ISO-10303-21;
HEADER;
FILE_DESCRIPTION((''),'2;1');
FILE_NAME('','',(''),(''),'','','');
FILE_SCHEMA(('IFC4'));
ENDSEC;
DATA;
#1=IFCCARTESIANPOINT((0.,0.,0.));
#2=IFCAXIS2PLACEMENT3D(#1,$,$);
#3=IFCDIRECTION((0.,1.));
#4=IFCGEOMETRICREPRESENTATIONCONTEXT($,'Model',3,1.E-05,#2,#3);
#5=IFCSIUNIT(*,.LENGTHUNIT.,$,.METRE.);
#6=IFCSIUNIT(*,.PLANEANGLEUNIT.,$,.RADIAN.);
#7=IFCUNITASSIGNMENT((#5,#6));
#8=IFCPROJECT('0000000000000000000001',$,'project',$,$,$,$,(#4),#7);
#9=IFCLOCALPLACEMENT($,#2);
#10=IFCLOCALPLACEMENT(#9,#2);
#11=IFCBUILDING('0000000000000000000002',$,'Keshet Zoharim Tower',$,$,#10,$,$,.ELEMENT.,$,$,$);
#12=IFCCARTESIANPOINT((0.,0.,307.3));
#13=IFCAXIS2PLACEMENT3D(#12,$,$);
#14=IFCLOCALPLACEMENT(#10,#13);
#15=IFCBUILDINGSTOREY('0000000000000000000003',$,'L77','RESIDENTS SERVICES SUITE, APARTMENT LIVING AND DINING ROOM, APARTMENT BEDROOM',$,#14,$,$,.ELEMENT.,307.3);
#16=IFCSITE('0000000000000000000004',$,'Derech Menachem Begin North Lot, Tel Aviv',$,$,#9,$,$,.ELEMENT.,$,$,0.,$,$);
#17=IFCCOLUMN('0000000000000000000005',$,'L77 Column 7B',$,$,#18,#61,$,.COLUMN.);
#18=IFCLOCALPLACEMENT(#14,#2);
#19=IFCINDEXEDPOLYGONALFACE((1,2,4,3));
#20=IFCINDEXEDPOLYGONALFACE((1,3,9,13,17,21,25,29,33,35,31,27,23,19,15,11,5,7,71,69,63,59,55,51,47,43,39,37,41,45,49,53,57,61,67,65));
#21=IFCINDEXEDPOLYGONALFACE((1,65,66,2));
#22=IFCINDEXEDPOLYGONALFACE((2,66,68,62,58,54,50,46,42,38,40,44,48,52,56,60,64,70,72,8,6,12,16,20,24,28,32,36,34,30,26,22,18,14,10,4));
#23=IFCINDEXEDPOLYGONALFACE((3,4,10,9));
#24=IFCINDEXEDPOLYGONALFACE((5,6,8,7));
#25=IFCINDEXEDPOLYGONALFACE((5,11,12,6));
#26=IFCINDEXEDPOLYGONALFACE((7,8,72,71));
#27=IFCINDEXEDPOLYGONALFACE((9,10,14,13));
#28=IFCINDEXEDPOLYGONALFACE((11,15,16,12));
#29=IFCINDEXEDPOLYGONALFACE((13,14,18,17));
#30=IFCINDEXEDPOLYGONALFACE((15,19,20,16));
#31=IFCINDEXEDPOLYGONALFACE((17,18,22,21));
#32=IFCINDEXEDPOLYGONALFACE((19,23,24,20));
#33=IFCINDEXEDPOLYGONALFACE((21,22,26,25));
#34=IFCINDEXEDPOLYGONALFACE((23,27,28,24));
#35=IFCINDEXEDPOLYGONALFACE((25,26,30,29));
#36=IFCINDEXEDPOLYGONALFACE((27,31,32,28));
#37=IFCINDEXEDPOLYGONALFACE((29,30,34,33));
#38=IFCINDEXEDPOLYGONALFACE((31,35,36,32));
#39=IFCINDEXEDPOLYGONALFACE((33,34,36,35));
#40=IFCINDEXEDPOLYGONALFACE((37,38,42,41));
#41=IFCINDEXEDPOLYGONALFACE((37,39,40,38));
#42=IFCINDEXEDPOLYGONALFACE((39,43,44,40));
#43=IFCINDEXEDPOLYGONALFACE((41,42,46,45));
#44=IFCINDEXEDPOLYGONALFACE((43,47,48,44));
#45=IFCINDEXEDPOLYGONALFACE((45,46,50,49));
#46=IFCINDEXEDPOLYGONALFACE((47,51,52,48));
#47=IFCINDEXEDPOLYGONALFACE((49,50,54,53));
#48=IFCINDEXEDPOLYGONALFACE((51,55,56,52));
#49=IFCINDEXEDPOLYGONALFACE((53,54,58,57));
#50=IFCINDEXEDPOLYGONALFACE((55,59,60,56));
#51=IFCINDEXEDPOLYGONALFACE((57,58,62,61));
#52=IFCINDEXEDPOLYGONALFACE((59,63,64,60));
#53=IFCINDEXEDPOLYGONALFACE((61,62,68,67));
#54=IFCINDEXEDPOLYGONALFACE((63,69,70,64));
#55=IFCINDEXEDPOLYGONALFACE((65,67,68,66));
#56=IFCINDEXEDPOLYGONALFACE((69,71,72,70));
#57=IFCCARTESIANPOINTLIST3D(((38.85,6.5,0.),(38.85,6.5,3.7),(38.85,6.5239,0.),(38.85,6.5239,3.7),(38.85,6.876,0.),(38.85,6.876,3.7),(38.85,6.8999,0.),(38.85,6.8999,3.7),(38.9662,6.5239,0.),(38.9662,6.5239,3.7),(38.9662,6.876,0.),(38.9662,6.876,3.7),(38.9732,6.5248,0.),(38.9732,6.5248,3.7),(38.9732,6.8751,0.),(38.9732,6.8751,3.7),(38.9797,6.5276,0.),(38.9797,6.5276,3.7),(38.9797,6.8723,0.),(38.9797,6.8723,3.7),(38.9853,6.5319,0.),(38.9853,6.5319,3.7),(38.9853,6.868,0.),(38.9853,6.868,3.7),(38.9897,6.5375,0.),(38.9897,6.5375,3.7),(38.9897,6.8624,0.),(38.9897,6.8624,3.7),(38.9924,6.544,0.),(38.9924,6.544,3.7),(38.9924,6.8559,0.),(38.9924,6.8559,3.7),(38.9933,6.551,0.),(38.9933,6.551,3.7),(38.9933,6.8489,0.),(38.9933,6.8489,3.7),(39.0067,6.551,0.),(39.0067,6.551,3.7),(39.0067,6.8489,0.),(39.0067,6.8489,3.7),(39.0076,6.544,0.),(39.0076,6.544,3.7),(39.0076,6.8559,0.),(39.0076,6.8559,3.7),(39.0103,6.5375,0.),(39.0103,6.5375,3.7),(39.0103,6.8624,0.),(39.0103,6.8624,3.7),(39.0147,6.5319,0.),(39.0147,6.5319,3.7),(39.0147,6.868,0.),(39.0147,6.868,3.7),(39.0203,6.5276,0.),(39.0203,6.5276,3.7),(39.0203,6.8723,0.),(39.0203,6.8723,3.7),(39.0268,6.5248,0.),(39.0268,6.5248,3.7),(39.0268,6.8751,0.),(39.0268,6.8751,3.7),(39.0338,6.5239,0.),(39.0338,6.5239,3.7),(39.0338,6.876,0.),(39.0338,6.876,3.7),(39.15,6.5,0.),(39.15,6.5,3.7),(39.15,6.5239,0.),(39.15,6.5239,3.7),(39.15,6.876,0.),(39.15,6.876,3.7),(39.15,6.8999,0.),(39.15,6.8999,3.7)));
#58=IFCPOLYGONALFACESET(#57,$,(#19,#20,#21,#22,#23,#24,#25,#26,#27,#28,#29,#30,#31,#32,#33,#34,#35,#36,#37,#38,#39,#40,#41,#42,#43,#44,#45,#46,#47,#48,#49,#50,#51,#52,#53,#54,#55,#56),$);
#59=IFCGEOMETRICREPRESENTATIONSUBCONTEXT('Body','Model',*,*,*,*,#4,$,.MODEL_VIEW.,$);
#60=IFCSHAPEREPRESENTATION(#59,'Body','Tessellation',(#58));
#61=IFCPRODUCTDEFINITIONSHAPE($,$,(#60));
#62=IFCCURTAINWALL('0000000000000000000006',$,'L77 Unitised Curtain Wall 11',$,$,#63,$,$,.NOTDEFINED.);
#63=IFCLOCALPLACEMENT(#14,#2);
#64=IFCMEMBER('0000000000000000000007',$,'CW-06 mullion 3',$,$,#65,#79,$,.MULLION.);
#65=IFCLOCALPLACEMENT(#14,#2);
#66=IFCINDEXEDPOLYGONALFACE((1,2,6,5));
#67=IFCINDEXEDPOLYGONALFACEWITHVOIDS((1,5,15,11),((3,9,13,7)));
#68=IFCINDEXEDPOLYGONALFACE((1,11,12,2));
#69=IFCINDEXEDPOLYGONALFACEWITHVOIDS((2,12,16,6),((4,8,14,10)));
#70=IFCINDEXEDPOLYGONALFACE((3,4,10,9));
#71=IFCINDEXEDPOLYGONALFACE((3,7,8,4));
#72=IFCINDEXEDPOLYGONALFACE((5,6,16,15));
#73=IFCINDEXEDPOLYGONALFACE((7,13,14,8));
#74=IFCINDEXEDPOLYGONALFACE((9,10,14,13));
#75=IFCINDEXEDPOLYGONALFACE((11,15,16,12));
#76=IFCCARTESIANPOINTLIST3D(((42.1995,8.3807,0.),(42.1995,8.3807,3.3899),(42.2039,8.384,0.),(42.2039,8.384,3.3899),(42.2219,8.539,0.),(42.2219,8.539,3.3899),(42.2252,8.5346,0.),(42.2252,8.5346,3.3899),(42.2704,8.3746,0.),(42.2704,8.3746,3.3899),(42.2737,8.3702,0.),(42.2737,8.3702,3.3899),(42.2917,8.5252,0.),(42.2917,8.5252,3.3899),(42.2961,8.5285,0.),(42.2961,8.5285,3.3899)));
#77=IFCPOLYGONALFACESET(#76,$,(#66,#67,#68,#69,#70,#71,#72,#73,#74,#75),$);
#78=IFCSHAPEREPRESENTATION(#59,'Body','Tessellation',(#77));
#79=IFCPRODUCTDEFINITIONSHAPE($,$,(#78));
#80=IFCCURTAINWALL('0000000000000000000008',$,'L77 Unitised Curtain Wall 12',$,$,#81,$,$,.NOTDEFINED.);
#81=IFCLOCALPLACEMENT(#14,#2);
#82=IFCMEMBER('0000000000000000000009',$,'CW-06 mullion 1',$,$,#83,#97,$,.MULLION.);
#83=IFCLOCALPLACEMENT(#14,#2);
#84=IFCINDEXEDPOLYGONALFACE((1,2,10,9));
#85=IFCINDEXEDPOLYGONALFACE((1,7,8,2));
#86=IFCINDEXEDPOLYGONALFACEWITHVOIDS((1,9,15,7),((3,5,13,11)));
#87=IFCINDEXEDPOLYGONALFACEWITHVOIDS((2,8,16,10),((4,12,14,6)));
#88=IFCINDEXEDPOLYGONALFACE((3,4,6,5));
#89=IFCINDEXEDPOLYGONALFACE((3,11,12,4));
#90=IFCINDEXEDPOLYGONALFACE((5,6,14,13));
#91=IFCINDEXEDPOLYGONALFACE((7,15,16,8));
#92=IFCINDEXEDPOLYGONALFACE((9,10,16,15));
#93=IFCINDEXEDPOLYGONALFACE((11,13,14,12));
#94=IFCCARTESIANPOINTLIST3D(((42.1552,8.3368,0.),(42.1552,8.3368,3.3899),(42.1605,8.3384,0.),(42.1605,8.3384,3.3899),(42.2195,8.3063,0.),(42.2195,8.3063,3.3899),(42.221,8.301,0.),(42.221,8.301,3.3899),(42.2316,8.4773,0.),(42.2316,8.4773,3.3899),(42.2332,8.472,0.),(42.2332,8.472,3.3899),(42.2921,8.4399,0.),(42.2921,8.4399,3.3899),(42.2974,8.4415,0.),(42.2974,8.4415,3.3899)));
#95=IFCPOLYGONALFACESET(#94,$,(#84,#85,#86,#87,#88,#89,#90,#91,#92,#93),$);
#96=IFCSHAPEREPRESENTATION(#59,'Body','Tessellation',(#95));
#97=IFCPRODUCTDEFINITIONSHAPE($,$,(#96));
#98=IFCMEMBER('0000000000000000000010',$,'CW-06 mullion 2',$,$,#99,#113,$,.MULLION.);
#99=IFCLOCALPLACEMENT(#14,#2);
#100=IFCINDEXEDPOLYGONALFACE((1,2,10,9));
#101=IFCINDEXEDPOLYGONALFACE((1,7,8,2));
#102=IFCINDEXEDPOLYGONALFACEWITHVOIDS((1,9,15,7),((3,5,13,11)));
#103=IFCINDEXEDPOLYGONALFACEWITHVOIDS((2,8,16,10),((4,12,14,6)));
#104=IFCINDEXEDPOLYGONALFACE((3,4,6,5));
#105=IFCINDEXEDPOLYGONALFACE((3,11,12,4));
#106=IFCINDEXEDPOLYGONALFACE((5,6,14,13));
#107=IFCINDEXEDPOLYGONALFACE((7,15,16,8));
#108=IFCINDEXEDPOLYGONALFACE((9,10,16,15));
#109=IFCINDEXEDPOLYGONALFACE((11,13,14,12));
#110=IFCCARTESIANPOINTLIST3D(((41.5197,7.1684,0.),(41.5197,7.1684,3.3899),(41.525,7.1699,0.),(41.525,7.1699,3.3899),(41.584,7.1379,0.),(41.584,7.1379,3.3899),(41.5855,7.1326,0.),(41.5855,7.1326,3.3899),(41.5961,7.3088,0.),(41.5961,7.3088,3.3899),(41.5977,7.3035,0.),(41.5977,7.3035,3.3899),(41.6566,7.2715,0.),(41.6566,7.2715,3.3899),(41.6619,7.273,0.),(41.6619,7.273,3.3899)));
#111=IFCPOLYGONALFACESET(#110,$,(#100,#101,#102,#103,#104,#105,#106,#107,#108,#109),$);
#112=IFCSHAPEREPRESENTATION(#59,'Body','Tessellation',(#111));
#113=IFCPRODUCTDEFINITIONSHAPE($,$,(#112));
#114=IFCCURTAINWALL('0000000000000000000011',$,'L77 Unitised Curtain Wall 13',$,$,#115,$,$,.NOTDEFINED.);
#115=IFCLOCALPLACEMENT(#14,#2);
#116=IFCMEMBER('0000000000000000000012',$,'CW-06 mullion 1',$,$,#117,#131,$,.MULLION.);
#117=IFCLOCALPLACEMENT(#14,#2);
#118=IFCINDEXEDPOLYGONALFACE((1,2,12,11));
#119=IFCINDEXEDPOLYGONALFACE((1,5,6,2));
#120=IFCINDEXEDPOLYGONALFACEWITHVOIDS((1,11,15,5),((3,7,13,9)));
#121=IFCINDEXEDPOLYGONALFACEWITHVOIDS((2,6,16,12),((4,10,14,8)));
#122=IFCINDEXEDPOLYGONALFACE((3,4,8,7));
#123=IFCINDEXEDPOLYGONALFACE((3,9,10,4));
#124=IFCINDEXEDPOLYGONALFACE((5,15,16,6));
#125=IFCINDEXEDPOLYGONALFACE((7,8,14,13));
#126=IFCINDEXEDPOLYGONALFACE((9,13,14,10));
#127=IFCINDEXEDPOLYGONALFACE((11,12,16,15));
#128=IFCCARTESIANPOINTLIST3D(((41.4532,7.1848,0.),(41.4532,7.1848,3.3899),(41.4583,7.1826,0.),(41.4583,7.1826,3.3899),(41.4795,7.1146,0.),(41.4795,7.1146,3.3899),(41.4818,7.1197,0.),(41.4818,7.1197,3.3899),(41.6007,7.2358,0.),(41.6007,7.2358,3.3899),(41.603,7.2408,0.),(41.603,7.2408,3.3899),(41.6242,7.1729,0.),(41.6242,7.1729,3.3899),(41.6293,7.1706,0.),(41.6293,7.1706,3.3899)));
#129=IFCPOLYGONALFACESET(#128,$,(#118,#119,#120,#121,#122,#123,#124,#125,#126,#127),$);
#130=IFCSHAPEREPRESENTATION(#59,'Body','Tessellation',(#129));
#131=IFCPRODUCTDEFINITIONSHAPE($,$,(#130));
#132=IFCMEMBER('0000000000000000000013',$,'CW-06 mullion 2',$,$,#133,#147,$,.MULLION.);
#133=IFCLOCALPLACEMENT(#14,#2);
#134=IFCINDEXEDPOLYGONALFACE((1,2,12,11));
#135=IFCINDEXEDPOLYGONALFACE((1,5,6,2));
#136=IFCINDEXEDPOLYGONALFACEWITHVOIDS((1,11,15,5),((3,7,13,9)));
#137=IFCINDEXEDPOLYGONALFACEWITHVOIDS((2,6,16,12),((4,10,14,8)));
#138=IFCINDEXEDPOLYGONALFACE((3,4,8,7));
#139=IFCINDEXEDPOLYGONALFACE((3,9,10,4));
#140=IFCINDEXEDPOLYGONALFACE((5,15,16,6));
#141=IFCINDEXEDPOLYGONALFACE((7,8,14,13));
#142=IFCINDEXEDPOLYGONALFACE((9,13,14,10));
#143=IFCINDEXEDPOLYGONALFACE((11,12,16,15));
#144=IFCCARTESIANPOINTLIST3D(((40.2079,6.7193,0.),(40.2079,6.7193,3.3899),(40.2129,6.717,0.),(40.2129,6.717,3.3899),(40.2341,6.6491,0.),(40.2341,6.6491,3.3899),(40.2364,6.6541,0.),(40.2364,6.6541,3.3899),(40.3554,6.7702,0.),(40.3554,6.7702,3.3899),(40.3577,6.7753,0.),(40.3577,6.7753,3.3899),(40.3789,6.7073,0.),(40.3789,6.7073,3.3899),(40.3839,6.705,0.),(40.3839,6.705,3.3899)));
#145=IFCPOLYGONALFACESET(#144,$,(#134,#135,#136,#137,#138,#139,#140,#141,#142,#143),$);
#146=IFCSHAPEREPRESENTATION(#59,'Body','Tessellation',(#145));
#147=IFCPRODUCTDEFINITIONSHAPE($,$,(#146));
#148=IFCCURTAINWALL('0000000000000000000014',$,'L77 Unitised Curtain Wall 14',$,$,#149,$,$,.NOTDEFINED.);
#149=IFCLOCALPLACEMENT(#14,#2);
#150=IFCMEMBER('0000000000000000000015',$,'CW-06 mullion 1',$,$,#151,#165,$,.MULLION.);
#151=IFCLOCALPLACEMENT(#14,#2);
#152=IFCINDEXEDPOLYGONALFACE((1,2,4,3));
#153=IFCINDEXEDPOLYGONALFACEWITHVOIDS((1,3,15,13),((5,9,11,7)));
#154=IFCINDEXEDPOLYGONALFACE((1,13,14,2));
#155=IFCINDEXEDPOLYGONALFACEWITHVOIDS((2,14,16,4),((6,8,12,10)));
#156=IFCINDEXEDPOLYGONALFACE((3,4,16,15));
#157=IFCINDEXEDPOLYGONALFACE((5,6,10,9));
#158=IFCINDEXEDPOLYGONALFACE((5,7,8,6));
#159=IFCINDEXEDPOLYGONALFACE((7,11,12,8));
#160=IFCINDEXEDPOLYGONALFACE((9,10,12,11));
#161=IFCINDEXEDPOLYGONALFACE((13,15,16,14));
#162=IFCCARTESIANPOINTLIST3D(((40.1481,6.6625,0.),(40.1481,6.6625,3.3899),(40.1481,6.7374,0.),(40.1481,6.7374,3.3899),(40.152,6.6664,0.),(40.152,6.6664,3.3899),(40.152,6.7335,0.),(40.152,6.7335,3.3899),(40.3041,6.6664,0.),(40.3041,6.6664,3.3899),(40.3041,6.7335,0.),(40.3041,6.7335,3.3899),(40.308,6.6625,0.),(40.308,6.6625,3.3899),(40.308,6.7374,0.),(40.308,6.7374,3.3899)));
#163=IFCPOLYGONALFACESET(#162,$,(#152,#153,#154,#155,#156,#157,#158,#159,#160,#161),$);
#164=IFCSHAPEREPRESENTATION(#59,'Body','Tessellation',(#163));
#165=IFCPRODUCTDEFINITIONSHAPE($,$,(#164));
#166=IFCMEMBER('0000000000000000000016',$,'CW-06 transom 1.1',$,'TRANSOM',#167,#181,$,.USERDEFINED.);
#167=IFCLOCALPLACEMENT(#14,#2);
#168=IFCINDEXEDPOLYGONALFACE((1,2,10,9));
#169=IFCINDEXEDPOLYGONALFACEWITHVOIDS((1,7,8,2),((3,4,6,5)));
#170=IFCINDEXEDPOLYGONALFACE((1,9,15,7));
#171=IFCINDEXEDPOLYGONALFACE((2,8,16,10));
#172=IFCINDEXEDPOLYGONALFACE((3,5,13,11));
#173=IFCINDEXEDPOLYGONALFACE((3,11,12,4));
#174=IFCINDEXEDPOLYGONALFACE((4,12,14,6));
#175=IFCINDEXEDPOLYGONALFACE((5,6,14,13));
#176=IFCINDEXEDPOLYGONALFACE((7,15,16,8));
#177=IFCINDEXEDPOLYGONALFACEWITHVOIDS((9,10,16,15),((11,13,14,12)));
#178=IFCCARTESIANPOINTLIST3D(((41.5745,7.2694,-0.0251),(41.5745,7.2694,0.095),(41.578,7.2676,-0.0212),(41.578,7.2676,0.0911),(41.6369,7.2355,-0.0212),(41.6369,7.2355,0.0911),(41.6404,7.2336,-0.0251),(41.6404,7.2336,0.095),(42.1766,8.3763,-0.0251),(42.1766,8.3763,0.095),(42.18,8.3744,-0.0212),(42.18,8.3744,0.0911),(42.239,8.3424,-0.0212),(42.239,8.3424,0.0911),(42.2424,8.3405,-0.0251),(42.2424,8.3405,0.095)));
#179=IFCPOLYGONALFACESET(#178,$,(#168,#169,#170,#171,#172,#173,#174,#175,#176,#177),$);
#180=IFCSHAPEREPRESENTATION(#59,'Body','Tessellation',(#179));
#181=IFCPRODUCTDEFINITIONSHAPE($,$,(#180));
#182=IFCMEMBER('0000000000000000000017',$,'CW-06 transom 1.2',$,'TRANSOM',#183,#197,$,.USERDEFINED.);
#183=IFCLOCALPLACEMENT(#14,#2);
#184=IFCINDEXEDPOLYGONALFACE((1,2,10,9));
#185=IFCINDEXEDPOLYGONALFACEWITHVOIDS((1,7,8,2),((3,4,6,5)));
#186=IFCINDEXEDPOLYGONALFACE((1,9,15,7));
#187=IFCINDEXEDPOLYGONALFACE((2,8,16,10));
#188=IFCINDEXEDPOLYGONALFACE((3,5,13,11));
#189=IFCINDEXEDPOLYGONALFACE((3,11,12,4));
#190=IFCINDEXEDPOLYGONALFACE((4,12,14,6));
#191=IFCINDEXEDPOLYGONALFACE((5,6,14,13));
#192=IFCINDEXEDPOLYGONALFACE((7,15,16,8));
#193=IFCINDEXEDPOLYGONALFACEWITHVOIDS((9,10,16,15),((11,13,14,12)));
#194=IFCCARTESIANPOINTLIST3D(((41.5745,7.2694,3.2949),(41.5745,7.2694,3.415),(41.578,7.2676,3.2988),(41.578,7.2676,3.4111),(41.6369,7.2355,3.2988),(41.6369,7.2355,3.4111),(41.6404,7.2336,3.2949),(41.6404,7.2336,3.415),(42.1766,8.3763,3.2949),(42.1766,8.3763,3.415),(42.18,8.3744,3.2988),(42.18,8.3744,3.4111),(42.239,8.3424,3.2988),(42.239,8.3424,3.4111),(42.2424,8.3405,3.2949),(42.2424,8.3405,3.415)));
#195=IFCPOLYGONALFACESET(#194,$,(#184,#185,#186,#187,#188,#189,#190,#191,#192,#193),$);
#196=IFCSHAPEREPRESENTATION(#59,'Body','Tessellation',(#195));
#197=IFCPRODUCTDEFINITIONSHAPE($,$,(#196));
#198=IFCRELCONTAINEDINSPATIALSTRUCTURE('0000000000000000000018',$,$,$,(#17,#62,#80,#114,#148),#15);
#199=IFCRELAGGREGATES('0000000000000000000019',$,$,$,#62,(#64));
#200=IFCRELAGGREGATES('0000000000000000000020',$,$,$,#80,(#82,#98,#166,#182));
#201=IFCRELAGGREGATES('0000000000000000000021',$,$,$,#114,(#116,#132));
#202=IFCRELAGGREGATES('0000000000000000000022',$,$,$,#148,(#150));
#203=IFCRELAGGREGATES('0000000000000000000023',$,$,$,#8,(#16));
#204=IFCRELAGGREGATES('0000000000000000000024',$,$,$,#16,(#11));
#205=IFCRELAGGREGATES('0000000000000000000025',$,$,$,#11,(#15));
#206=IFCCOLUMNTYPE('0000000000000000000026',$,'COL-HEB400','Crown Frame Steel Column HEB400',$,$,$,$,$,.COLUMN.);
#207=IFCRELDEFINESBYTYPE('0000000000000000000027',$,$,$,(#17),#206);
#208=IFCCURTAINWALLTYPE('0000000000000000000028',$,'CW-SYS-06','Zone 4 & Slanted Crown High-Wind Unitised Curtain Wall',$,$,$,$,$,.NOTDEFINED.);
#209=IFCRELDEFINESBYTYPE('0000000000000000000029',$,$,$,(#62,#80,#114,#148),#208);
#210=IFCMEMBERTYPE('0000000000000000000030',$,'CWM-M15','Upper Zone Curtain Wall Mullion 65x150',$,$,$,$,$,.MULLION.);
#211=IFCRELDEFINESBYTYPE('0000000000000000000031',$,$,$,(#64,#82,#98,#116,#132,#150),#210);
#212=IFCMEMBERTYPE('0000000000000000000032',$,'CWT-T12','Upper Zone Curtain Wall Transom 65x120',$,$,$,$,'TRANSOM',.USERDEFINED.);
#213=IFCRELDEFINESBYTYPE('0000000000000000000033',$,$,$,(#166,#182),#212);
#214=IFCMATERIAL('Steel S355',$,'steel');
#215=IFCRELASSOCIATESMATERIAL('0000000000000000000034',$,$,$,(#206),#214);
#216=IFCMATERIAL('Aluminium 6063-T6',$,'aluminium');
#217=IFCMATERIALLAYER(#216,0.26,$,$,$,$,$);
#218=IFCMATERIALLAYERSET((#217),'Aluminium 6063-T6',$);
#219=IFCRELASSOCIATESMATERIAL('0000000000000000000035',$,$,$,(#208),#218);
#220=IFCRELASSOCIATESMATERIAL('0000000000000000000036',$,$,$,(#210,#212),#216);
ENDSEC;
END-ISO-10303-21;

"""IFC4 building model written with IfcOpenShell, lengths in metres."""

from ifc_helpers import new_model, si_unit, direction, frame, origin, origin_2d, place, context, subcontext, project, spatial, hollow_rectangle, i_section, extrude, material, layer, layer_set, material_profile, profile_set, type_object, element, aggregate, save


model = new_model("IFC4")

# Units and contexts
model_context = context("Model", 3, precision=1e-05, world=origin(), true_north=direction((0.0, 1.0)))
body_context = subcontext(model_context, "Body", "Model", "MODEL_VIEW")
ifc_project = project(units=[si_unit("LENGTHUNIT", "METRE"), si_unit("PLANEANGLEUNIT", "RADIAN")], contexts=[model_context])

# Site, building, storey
site_placement = place(None, origin())
site = spatial("IfcSite", under=ifc_project, at=site_placement, Name="Derech Menachem Begin North Lot, Tel Aviv", CompositionType="ELEMENT", RefElevation=0.0)
building_placement = place(site_placement, origin())
building = spatial("IfcBuilding", under=site, at=building_placement, Name="Keshet Zoharim Tower", CompositionType="ELEMENT")
storey_placement = place(building_placement, frame((0.0, 0.0, 307.3)))
storey = spatial("IfcBuildingStorey", under=building, at=storey_placement, Name="L77", Description="RESIDENTS SERVICES SUITE, APARTMENT LIVING AND DINING ROOM, APARTMENT BEDROOM", CompositionType="ELEMENT", Elevation=307.3)

# Column
ifc_material_1 = material(Name="Steel S355", Category="steel")
ifc_material_profile_1 = material_profile(ifc_material_1, i_section(OverallWidth=0.3, OverallDepth=0.3999, WebThickness=0.0134, FlangeThickness=0.0239, FilletRadius=0.0271, at=origin_2d()), Name="HEB400")
ifc_profile_set_1 = profile_set([ifc_material_profile_1], Name="Steel S355")
column_type = type_object("IfcColumnType", Name="COL-HEB400", Description="Crown Frame Steel Column HEB400", PredefinedType="COLUMN", material=ifc_profile_set_1)
column_placement = place(storey_placement, frame((39.0, 6.7, 0.0), z_axis=(0.0, 0.0, 1.0), x_axis=(1.0, 0.0, 0.0)))
element("IfcColumn", 1, at=column_placement, inside=storey, type_object=column_type, Name="L77 Column 7B", PredefinedType="COLUMN", context=body_context, shape_type="SweptSolid", body=[
    extrude(i_section(OverallWidth=0.3, OverallDepth=0.3999, WebThickness=0.0134, FlangeThickness=0.0239, FilletRadius=0.0271, at=origin_2d()), origin(), (0.0, 0.0, 1.0), 3.7),
])

# Curtain wall, member
ifc_material_2 = material(Name="Aluminium 6063-T6", Category="aluminium")
ifc_layer_1 = layer(ifc_material_2, 0.26)
ifc_layer_set_1 = layer_set([ifc_layer_1], Name="Aluminium 6063-T6")
curtain_wall_type = type_object("IfcCurtainWallType", Name="CW-SYS-06", Description="Zone 4 & Slanted Crown High-Wind Unitised Curtain Wall", PredefinedType="NOTDEFINED", material=ifc_layer_set_1)
curtain_wall_1_placement = place(storey_placement, origin())
curtain_wall_1 = element("IfcCurtainWall", 2, at=curtain_wall_1_placement, inside=storey, type_object=curtain_wall_type, Name="L77 Unitised Curtain Wall 11", PredefinedType="NOTDEFINED")
ifc_material_profile_2 = material_profile(ifc_material_2, hollow_rectangle(XDim=0.075, YDim=0.1599, WallThickness=0.0039, at=origin_2d()), Name="MUL-75x160")
ifc_profile_set_2 = profile_set([ifc_material_profile_2], Name="Aluminium 6063-T6")
member_type_1 = type_object("IfcMemberType", Name="CWM-M15", Description="Upper Zone Curtain Wall Mullion 65x150", PredefinedType="MULLION", material=ifc_profile_set_2)
member_1_placement = place(storey_placement, frame((42.2478, 8.4546, 0.0), z_axis=(0.0, 0.0, 1.0), x_axis=(0.990132, -0.140137, 0.0)))
member_1 = element("IfcMember", 3, at=member_1_placement, type_object=member_type_1, Name="CW-06 mullion 3", PredefinedType="MULLION", context=body_context, shape_type="SweptSolid", body=[
    extrude(hollow_rectangle(XDim=0.075, YDim=0.1599, WallThickness=0.0039, at=origin_2d()), origin(), (0.0, 0.0, 1.0), 3.3899),
])
aggregate(curtain_wall_1, [member_1])

# Curtain walls, members
curtain_wall_2_placement = place(storey_placement, origin())
curtain_wall_2 = element("IfcCurtainWall", 4, at=curtain_wall_2_placement, inside=storey, type_object=curtain_wall_type, Name="L77 Unitised Curtain Wall 12", PredefinedType="NOTDEFINED")
member_2_placement = place(storey_placement, frame((42.2263, 8.3892, 0.0), z_axis=(0.0, 0.0, 1.0), x_axis=(0.878468, -0.477801, 0.0)))
member_2 = element("IfcMember", 5, at=member_2_placement, type_object=member_type_1, Name="CW-06 mullion 1", PredefinedType="MULLION", context=body_context, shape_type="SweptSolid", body=[
    extrude(hollow_rectangle(XDim=0.075, YDim=0.1599, WallThickness=0.0039, at=origin_2d()), origin(), (0.0, 0.0, 1.0), 3.3899),
])
member_3_placement = place(storey_placement, frame((41.5908, 7.2207, 0.0), z_axis=(0.0, 0.0, 1.0), x_axis=(0.878468, -0.477801, 0.0)))
member_3 = element("IfcMember", 6, at=member_3_placement, type_object=member_type_1, Name="CW-06 mullion 2", PredefinedType="MULLION", context=body_context, shape_type="SweptSolid", body=[
    extrude(hollow_rectangle(XDim=0.075, YDim=0.1599, WallThickness=0.0039, at=origin_2d()), origin(), (0.0, 0.0, 1.0), 3.3899),
])
curtain_wall_3_placement = place(storey_placement, origin())
curtain_wall_3 = element("IfcCurtainWall", 7, at=curtain_wall_3_placement, inside=storey, type_object=curtain_wall_type, Name="L77 Unitised Curtain Wall 13", PredefinedType="NOTDEFINED")
member_4_placement = place(storey_placement, frame((41.5413, 7.1777, 0.0), z_axis=(0.0, 0.0, 1.0), x_axis=(0.350105, -0.93671, 0.0)))
member_4 = element("IfcMember", 8, at=member_4_placement, type_object=member_type_1, Name="CW-06 mullion 1", PredefinedType="MULLION", context=body_context, shape_type="SweptSolid", body=[
    extrude(hollow_rectangle(XDim=0.075, YDim=0.1599, WallThickness=0.0039, at=origin_2d()), origin(), (0.0, 0.0, 1.0), 3.3899),
])
member_5_placement = place(storey_placement, frame((40.2959, 6.7122, 0.0), z_axis=(0.0, 0.0, 1.0), x_axis=(0.350105, -0.93671, 0.0)))
member_5 = element("IfcMember", 9, at=member_5_placement, type_object=member_type_1, Name="CW-06 mullion 2", PredefinedType="MULLION", context=body_context, shape_type="SweptSolid", body=[
    extrude(hollow_rectangle(XDim=0.075, YDim=0.1599, WallThickness=0.0039, at=origin_2d()), origin(), (0.0, 0.0, 1.0), 3.3899),
])

# Curtain wall, member
curtain_wall_4_placement = place(storey_placement, origin())
curtain_wall_4 = element("IfcCurtainWall", 10, at=curtain_wall_4_placement, inside=storey, type_object=curtain_wall_type, Name="L77 Unitised Curtain Wall 14", PredefinedType="NOTDEFINED")
member_6_placement = place(storey_placement, frame((40.228, 6.7, 0.0), z_axis=(0.0, 0.0, 1.0), x_axis=(0.0, -1.0, 0.0)))
member_6 = element("IfcMember", 11, at=member_6_placement, type_object=member_type_1, Name="CW-06 mullion 1", PredefinedType="MULLION", context=body_context, shape_type="SweptSolid", body=[
    extrude(hollow_rectangle(XDim=0.075, YDim=0.1599, WallThickness=0.0039, at=origin_2d()), origin(), (0.0, 0.0, 1.0), 3.3899),
])

# Members
ifc_material_profile_3 = material_profile(ifc_material_2, hollow_rectangle(XDim=0.075, YDim=0.1201, WallThickness=0.0039, at=origin_2d()), Name="TRN-75x120")
ifc_profile_set_3 = profile_set([ifc_material_profile_3], Name="Aluminium 6063-T6")
member_type_2 = type_object("IfcMemberType", Name="CWT-T12", Description="Upper Zone Curtain Wall Transom 65x120", ElementType="TRANSOM", PredefinedType="USERDEFINED", material=ifc_profile_set_3)
member_7_placement = place(storey_placement, frame((42.2095, 8.3584, 0.0349), z_axis=(-0.477793, -0.878472, 0.0), x_axis=(0.878472, -0.477793, 0.0)))
member_7 = element("IfcMember", 12, at=member_7_placement, type_object=member_type_2, Name="CW-06 transom 1.1", ObjectType="TRANSOM", PredefinedType="USERDEFINED", context=body_context, shape_type="SweptSolid", body=[
    extrude(hollow_rectangle(XDim=0.075, YDim=0.1201, WallThickness=0.0039, at=origin_2d()), origin(), (0.0, 0.0, 1.0), 1.26),
])
member_8_placement = place(storey_placement, frame((42.2095, 8.3584, 3.355), z_axis=(-0.477793, -0.878472, 0.0), x_axis=(0.878472, -0.477793, 0.0)))
member_8 = element("IfcMember", 13, at=member_8_placement, type_object=member_type_2, Name="CW-06 transom 1.2", ObjectType="TRANSOM", PredefinedType="USERDEFINED", context=body_context, shape_type="SweptSolid", body=[
    extrude(hollow_rectangle(XDim=0.075, YDim=0.1201, WallThickness=0.0039, at=origin_2d()), origin(), (0.0, 0.0, 1.0), 1.26),
])

aggregate(curtain_wall_2, [member_2, member_3, member_7, member_8])
aggregate(curtain_wall_3, [member_4, member_5])
aggregate(curtain_wall_4, [member_6])

save(model, "model.ifc")
